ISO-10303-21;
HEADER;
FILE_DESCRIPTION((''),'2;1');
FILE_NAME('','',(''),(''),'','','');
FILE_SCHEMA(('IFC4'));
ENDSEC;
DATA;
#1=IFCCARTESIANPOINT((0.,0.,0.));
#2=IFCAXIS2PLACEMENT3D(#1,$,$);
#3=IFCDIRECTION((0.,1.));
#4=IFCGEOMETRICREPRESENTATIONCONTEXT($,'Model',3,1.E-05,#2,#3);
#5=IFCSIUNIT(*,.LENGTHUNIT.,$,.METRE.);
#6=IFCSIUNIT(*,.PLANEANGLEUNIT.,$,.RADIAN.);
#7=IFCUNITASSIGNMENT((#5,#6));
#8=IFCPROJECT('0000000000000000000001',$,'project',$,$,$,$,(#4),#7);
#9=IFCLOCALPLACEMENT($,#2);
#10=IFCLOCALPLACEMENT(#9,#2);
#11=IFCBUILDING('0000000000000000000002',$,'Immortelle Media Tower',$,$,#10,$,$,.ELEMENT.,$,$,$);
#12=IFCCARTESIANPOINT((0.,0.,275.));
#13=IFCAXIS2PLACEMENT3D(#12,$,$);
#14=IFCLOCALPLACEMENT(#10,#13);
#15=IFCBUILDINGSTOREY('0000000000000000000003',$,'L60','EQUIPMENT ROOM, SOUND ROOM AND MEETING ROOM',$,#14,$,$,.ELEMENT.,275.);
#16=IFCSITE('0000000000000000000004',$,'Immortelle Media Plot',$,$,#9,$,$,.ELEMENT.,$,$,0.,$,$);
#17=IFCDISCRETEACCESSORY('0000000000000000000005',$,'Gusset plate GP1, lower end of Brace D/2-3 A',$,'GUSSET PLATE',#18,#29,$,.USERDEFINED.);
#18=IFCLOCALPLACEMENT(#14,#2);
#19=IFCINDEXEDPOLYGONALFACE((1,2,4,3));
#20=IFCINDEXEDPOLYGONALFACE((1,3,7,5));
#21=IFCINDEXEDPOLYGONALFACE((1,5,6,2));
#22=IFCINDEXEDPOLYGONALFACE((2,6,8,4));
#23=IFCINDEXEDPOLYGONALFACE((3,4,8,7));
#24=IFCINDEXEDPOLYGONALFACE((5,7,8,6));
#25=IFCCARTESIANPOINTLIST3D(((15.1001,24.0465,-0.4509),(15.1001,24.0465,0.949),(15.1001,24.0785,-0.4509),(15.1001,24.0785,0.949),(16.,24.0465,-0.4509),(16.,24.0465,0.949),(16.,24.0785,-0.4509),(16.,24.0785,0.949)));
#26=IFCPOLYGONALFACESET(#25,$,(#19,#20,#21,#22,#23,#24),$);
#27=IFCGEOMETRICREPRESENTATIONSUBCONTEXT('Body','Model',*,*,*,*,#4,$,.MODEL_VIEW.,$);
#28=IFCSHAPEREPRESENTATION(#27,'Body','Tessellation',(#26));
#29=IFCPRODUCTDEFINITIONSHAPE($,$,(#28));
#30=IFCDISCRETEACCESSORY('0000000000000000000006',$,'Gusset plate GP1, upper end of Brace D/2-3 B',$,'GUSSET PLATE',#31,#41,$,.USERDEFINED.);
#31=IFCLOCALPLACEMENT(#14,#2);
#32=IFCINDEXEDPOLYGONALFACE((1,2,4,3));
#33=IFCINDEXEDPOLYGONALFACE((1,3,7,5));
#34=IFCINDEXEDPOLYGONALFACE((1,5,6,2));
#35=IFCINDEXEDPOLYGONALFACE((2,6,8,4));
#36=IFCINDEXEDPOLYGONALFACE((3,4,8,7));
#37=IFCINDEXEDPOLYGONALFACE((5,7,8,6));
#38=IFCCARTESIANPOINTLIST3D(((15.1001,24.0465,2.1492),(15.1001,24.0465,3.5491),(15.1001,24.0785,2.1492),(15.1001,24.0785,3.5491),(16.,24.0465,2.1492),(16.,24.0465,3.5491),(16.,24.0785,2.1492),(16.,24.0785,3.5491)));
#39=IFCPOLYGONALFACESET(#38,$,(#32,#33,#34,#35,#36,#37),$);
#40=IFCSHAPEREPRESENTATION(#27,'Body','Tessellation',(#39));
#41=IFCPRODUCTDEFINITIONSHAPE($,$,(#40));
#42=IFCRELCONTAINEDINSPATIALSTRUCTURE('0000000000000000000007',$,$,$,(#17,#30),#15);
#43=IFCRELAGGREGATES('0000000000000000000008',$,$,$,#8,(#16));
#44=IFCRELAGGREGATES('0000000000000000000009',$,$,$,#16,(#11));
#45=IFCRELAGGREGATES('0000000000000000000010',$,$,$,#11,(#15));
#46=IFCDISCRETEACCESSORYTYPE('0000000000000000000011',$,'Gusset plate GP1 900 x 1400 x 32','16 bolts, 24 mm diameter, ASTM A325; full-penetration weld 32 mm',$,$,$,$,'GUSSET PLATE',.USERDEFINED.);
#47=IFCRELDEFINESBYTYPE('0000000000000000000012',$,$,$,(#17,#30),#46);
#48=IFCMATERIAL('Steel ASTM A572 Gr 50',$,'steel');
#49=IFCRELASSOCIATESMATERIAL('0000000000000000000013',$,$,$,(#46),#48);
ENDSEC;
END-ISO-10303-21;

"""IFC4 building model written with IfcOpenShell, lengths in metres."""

from ifc_helpers import new_model, si_unit, direction, frame, origin, origin_2d, place, context, subcontext, project, spatial, rectangle, extrude, material, material_profile, profile_set, type_object, element, save


model = new_model("IFC4")

# Units and contexts
model_context = context("Model", 3, precision=1e-05, world=origin(), true_north=direction((0.0, 1.0)))
body_context = subcontext(model_context, "Body", "Model", "MODEL_VIEW")
ifc_project = project(units=[si_unit("LENGTHUNIT", "METRE"), si_unit("PLANEANGLEUNIT", "RADIAN")], contexts=[model_context])

# Site, building, storey
site_placement = place(None, origin())
site = spatial("IfcSite", under=ifc_project, at=site_placement, Name="Immortelle Media Plot", CompositionType="ELEMENT", RefElevation=0.0)
building_placement = place(site_placement, origin())
building = spatial("IfcBuilding", under=site, at=building_placement, Name="Immortelle Media Tower", CompositionType="ELEMENT")
storey_placement = place(building_placement, frame((0.0, 0.0, 275.0)))
storey = spatial("IfcBuildingStorey", under=building, at=storey_placement, Name="L60", Description="EQUIPMENT ROOM, SOUND ROOM AND MEETING ROOM", CompositionType="ELEMENT", Elevation=275.0)

# Discrete accessories
ifc_material_1 = material(Name="Steel ASTM A572 Gr 50", Category="steel")
ifc_material_profile_1 = material_profile(ifc_material_1, rectangle(XDim=0.032, YDim=1.3999, at=origin_2d()), Name="PL 32 x 1400")
ifc_profile_set_1 = profile_set([ifc_material_profile_1], Name="Steel ASTM A572 Gr 50")
discrete_accessory_type_1 = type_object("IfcDiscreteAccessoryType", Name="Gusset plate GP1 900 x 1400 x 32", Description="16 bolts, 24 mm diameter, ASTM A325; full-penetration weld 32 mm", ElementType="GUSSET PLATE", PredefinedType="USERDEFINED", material=ifc_profile_set_1)
for number, where, z_axis, x_axis, name in (
    (1, (16.0, 24.0625, 0.249), (-1.0, 0.0, 0.0), (0.0, -1.0, 0.0), "Gusset plate GP1, lower end of Brace D/2-3 A"),
    (2, (16.0, 24.0625, 2.8491), (-1.0, 0.0, 0.0), (0.0, -1.0, 0.0), "Gusset plate GP1, upper end of Brace D/2-3 B"),
):
    element("IfcDiscreteAccessory", number, at=place(storey_placement, frame(where, z_axis=z_axis, x_axis=x_axis)), inside=storey, type_object=discrete_accessory_type_1, Name=name, ObjectType="GUSSET PLATE", PredefinedType="USERDEFINED", context=body_context, shape_type="SweptSolid", body=[
        extrude(rectangle(XDim=0.032, YDim=1.3999, at=origin_2d()), origin(), (0.0, 0.0, 1.0), 0.8999),
    ])

save(model, "model.ifc")
